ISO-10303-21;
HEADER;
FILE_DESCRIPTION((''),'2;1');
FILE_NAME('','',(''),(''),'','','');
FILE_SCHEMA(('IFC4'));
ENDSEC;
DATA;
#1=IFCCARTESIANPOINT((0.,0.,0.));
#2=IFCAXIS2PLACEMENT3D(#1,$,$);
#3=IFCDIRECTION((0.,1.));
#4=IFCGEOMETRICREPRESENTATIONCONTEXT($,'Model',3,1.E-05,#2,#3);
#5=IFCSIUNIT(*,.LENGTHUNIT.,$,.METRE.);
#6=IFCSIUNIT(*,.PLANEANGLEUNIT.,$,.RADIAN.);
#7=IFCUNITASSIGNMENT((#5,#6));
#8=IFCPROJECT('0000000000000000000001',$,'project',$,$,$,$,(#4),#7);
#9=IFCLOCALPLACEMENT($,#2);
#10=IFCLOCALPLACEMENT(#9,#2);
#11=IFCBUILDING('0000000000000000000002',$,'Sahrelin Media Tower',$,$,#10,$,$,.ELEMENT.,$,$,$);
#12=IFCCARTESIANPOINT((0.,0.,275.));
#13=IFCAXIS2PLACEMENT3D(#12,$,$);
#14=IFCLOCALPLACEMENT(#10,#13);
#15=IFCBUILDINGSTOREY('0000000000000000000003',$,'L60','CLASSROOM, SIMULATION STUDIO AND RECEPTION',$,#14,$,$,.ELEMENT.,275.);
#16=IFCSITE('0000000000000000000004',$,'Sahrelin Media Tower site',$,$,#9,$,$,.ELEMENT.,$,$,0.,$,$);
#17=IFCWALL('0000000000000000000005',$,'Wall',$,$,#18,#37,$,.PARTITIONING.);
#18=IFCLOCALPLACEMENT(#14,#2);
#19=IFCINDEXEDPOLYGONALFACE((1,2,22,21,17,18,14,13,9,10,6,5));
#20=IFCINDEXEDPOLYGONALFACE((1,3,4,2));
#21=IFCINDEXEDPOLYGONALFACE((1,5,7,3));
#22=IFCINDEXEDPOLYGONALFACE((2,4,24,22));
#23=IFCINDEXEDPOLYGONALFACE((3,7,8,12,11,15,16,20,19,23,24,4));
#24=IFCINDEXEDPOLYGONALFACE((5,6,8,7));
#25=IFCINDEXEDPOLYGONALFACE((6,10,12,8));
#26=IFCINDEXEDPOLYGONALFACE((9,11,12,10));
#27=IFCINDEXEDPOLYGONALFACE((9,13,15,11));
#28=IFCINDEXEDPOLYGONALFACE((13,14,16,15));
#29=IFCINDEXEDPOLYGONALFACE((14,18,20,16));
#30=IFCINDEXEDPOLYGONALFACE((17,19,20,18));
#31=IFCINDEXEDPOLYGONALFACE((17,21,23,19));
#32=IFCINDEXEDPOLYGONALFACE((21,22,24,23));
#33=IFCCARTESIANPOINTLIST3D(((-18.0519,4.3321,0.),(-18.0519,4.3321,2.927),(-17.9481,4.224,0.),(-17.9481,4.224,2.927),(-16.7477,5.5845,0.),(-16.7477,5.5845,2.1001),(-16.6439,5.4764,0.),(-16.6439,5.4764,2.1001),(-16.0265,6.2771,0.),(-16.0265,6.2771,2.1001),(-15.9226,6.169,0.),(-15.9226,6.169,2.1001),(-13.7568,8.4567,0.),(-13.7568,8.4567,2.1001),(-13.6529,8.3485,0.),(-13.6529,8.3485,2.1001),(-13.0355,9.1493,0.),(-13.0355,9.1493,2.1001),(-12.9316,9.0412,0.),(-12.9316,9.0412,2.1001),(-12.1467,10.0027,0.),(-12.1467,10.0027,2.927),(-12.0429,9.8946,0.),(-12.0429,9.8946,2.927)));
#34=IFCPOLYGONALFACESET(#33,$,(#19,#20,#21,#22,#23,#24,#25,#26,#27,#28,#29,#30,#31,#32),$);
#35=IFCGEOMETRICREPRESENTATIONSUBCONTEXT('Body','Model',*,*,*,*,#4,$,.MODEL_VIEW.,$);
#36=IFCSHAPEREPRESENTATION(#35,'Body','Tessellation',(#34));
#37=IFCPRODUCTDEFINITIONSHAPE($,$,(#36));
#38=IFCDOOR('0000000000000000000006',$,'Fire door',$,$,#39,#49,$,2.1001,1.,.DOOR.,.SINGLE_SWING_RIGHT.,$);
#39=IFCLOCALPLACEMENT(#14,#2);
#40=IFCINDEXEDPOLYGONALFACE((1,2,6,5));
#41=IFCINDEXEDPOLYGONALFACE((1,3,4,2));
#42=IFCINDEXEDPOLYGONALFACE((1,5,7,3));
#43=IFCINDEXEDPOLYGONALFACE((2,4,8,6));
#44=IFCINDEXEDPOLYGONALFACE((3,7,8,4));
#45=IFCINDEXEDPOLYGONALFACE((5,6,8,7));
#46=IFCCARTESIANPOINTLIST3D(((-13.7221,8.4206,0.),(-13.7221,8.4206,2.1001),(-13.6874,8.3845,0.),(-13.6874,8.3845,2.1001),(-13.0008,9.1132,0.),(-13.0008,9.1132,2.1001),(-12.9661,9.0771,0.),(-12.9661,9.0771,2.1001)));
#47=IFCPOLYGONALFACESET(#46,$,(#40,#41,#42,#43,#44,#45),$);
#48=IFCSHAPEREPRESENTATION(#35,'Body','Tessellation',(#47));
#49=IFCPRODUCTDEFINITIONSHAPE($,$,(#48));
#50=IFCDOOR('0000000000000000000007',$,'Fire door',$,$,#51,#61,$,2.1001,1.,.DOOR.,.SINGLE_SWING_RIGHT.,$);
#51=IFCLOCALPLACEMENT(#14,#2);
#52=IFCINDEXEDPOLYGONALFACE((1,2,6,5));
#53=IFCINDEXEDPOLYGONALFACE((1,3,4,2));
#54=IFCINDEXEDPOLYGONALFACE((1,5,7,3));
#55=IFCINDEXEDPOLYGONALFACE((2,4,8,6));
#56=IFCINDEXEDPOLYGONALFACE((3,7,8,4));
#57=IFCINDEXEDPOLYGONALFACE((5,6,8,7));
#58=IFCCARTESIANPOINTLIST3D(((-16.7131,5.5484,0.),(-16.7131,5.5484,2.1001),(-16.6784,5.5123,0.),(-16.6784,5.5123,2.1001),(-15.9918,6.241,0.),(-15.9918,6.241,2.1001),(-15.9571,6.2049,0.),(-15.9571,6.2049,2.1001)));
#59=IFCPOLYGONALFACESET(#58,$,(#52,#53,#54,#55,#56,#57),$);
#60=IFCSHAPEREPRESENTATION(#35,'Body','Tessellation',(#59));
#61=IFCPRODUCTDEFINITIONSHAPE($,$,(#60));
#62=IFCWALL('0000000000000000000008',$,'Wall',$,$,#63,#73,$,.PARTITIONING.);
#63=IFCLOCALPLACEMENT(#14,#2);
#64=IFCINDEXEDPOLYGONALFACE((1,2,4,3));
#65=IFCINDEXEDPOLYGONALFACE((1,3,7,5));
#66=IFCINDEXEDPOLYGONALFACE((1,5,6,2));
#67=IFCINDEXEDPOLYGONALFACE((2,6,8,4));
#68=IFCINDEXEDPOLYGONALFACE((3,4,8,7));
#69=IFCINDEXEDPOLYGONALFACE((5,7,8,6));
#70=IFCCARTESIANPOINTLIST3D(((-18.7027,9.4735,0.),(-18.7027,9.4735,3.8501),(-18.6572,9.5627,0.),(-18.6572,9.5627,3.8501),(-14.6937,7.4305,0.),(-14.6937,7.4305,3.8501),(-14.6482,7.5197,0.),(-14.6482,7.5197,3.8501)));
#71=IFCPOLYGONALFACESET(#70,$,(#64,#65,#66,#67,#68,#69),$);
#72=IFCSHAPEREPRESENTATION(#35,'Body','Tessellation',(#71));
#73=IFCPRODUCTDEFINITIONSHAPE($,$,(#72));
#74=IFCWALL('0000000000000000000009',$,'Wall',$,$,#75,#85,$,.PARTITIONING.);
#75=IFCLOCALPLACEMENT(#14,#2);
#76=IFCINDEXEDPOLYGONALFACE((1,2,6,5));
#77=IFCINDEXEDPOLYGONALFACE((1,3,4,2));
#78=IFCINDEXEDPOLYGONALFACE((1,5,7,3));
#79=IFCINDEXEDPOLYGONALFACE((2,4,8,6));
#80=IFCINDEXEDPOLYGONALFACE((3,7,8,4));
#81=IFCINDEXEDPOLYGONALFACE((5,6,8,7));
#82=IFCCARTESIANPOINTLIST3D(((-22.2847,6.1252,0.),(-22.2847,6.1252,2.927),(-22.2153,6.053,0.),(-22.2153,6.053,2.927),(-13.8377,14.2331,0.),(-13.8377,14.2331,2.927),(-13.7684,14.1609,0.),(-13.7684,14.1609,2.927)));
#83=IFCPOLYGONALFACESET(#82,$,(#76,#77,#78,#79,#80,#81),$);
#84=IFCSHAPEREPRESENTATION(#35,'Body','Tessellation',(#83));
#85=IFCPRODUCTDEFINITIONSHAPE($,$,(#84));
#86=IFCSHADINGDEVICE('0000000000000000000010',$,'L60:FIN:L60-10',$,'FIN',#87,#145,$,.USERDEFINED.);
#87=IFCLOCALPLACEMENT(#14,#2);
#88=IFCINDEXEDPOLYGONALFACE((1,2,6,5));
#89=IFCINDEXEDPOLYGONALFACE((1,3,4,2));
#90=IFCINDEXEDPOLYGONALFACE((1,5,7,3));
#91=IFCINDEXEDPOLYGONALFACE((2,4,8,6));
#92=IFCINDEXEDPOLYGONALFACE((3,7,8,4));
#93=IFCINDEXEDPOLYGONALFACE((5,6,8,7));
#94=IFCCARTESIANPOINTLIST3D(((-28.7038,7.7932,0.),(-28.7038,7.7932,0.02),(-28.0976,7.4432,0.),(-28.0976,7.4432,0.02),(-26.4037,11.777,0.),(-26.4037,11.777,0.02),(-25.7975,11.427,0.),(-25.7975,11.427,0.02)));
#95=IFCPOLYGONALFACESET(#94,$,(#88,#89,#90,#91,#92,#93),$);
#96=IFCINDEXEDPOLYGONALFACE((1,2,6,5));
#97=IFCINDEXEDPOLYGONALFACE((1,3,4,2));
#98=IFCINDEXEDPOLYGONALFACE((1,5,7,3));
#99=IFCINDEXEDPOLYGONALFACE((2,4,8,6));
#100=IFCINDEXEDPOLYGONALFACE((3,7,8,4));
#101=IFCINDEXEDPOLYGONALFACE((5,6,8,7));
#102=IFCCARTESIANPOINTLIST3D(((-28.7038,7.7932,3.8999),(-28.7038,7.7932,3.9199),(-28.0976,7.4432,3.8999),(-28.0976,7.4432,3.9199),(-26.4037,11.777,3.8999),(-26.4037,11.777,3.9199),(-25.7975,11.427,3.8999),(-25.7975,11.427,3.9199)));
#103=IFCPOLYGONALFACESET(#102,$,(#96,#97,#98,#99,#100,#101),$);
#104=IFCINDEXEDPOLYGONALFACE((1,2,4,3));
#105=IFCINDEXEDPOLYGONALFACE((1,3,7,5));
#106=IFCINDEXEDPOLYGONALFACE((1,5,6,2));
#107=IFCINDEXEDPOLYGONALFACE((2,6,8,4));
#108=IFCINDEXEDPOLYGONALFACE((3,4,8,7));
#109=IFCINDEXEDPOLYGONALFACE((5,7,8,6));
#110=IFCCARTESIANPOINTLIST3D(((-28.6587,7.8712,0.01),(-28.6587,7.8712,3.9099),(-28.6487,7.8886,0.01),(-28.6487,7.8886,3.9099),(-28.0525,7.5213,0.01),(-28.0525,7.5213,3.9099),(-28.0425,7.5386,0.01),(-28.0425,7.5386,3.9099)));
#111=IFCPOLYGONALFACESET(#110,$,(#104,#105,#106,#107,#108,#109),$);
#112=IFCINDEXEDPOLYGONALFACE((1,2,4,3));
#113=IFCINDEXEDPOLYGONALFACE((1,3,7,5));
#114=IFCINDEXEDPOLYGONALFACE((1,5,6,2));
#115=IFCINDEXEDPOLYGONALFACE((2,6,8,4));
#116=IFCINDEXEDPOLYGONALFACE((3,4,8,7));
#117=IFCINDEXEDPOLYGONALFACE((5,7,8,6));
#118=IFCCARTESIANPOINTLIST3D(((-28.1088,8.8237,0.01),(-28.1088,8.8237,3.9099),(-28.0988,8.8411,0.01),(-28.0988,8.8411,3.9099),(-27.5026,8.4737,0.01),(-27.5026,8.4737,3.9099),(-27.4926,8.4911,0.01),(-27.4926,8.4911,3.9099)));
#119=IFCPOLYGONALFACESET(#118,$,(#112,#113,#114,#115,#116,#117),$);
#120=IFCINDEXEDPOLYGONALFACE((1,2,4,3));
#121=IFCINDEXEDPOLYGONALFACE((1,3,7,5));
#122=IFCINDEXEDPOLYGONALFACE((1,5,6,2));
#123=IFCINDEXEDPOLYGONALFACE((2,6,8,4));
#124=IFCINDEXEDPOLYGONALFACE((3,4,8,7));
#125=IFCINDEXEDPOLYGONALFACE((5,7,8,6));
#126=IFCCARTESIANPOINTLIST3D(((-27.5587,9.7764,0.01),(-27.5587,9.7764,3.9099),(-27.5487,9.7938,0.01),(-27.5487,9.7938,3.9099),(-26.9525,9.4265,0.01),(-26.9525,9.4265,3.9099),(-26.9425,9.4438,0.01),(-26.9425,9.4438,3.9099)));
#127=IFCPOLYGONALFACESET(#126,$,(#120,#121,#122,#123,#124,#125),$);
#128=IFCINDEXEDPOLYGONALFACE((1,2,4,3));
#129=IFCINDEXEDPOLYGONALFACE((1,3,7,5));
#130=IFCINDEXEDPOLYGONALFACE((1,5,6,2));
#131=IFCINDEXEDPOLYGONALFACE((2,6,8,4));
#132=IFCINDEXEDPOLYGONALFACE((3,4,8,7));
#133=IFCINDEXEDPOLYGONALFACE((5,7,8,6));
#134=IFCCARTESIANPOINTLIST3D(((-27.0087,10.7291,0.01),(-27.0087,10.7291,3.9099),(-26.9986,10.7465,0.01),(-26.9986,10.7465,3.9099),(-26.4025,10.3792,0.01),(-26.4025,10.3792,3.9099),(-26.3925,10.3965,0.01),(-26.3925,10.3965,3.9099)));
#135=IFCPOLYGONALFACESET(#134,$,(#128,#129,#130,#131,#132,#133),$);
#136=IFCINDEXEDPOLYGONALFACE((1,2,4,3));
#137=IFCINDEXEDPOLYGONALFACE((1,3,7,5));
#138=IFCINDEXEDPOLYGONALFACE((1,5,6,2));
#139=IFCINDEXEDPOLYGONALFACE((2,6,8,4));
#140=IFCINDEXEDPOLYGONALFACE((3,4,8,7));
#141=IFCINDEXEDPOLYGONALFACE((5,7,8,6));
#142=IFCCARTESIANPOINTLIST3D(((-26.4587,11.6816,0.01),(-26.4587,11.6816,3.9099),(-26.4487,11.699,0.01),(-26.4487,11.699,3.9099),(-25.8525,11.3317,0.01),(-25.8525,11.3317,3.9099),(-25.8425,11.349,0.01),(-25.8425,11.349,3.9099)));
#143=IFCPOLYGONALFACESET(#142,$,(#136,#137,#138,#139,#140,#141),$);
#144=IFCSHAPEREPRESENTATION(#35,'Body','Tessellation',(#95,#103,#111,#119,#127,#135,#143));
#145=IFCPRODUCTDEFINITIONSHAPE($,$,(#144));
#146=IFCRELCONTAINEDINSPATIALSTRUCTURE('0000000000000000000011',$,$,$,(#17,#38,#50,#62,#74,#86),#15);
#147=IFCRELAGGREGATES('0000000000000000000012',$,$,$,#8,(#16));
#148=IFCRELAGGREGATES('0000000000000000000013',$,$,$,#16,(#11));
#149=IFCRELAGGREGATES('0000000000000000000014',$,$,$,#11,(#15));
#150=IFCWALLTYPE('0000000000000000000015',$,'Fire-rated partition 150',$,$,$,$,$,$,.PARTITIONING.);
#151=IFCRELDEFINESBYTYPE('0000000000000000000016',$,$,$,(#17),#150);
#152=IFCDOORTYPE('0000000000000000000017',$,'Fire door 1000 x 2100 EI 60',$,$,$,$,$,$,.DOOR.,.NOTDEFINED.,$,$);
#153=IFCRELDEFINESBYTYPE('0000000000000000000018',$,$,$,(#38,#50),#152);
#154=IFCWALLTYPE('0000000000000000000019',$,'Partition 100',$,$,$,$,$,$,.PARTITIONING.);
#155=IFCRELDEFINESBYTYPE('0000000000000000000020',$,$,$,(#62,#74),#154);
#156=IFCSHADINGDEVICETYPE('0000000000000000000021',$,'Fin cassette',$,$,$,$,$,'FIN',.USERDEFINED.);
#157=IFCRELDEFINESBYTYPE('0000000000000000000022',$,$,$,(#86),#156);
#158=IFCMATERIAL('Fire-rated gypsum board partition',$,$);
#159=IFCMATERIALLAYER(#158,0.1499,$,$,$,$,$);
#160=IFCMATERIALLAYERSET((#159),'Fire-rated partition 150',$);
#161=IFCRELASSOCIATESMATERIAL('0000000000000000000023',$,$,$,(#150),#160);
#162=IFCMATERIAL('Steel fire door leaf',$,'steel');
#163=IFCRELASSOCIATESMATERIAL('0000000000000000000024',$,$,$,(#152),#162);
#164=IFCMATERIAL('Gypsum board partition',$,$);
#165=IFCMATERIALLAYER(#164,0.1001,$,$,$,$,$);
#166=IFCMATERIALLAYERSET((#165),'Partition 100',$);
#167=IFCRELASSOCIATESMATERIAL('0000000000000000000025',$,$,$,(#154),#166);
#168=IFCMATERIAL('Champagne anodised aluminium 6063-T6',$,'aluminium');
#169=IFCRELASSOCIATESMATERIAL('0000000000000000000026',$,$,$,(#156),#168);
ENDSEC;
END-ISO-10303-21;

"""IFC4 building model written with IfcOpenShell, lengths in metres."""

from ifc_helpers import new_model, si_unit, direction, frame, frame_2d, origin, origin_2d, place, context, subcontext, project, spatial, rectangle, extrude, material, layer, layer_set, type_object, element, fill, save


model = new_model("IFC4")

# Units and contexts
model_context = context("Model", 3, precision=1e-05, world=origin(), true_north=direction((0.0, 1.0)))
body_context = subcontext(model_context, "Body", "Model", "MODEL_VIEW")
ifc_project = project(units=[si_unit("LENGTHUNIT", "METRE"), si_unit("PLANEANGLEUNIT", "RADIAN")], contexts=[model_context])

# Site, building, storey
site_placement = place(None, origin())
site = spatial("IfcSite", under=ifc_project, at=site_placement, Name="Sahrelin Media Tower site", CompositionType="ELEMENT", RefElevation=0.0)
building_placement = place(site_placement, origin())
building = spatial("IfcBuilding", under=site, at=building_placement, Name="Sahrelin Media Tower", CompositionType="ELEMENT")
storey_placement = place(building_placement, frame((0.0, 0.0, 275.0)))
storey = spatial("IfcBuildingStorey", under=building, at=storey_placement, Name="L60", Description="CLASSROOM, SIMULATION STUDIO AND RECEPTION", CompositionType="ELEMENT", Elevation=275.0)

# Shared definitions
ifc_material_1 = material(Name="Champagne anodised aluminium 6063-T6", Category="aluminium")

# Shared definitions
ifc_material_2 = material(Name="Fire-rated gypsum board partition")
ifc_layer_1 = layer(ifc_material_2, 0.1499)
ifc_layer_set_1 = layer_set([ifc_layer_1], Name="Fire-rated partition 150")
wall_type_1 = type_object("IfcWallType", Name="Fire-rated partition 150", PredefinedType="PARTITIONING", material=ifc_layer_set_1)

# Wall, openings, doors
wall_1_placement = place(storey_placement, frame((-18.0, 4.2781, 0.0), z_axis=(0.0, 0.0, 1.0), x_axis=(0.72129, 0.692633, 0.0)))
wall_1 = element("IfcWall", 1, at=wall_1_placement, inside=storey, type_object=wall_type_1, Name="Wall", PredefinedType="PARTITIONING", context=body_context, shape_type="SweptSolid", body=[
    extrude(rectangle(XDim=8.187, YDim=0.1499, at=frame_2d((4.0935, 0.0))), origin(), (0.0, 0.0, 1.0), 2.927),
])
opening_1_placement = place(wall_1_placement, frame((5.9548, 0.0, 0.0)))
opening_1 = element("IfcOpeningElement", 2, at=opening_1_placement, cuts=wall_1, PredefinedType="OPENING", context=body_context, shape_type="SweptSolid", body=[
    extrude(rectangle(XDim=1.0, YDim=2.1001, at=frame_2d((0.5, 1.05))), frame((0.0, 0.075, 0.0), z_axis=(0.0, -1.0, 0.0), x_axis=(1.0, 0.0, 0.0)), (0.0, 0.0, 1.0), 0.1499),
])
opening_2_placement = place(wall_1_placement, frame((1.8081, 0.0, 0.0)))
opening_2 = element("IfcOpeningElement", 3, at=opening_2_placement, cuts=wall_1, PredefinedType="OPENING", context=body_context, shape_type="SweptSolid", body=[
    extrude(rectangle(XDim=1.0, YDim=2.1001, at=frame_2d((0.5, 1.05))), frame((0.0, 0.075, 0.0), z_axis=(0.0, -1.0, 0.0), x_axis=(1.0, 0.0, 0.0)), (0.0, 0.0, 1.0), 0.1499),
])
ifc_material_3 = material(Name="Steel fire door leaf", Category="steel")
door_type = type_object("IfcDoorType", Name="Fire door 1000 x 2100 EI 60", OperationType="NOTDEFINED", PredefinedType="DOOR", material=ifc_material_3)
door_1_placement = place(opening_1_placement, origin())
door_1 = element("IfcDoor", 4, at=door_1_placement, inside=storey, type_object=door_type, Name="Fire door", OperationType="SINGLE_SWING_RIGHT", OverallHeight=2.1001, OverallWidth=1.0, PredefinedType="DOOR", context=body_context, shape_type="SweptSolid", body=[
    extrude(rectangle(XDim=1.0, YDim=2.1001, at=frame_2d((0.5, 1.05))), frame((0.0, 0.0249, 0.0), z_axis=(0.0, -1.0, 0.0), x_axis=(1.0, 0.0, 0.0)), (0.0, 0.0, 1.0), 0.05),
])
fill(opening_1, door_1)
door_2_placement = place(opening_2_placement, origin())
door_2 = element("IfcDoor", 5, at=door_2_placement, inside=storey, type_object=door_type, Name="Fire door", OperationType="SINGLE_SWING_RIGHT", OverallHeight=2.1001, OverallWidth=1.0, PredefinedType="DOOR", context=body_context, shape_type="SweptSolid", body=[
    extrude(rectangle(XDim=1.0, YDim=2.1001, at=frame_2d((0.5, 1.05))), frame((0.0, 0.0249, 0.0), z_axis=(0.0, -1.0, 0.0), x_axis=(1.0, 0.0, 0.0)), (0.0, 0.0, 1.0), 0.05),
])
fill(opening_2, door_2)

# Walls
ifc_material_4 = material(Name="Gypsum board partition")
ifc_layer_2 = layer(ifc_material_4, 0.1001)
ifc_layer_set_2 = layer_set([ifc_layer_2], Name="Partition 100")
wall_type_2 = type_object("IfcWallType", Name="Partition 100", PredefinedType="PARTITIONING", material=ifc_layer_set_2)
wall_2_placement = place(storey_placement, frame((-18.6799, 9.5181, 0.0), z_axis=(0.0, 0.0, 1.0), x_axis=(0.890983, -0.454037, 0.0)))
element("IfcWall", 6, at=wall_2_placement, inside=storey, type_object=wall_type_2, Name="Wall", PredefinedType="PARTITIONING", context=body_context, shape_type="SweptSolid", body=[
    extrude(rectangle(XDim=4.4995, YDim=0.1001, at=frame_2d((2.2498, 0.0))), origin(), (0.0, 0.0, 1.0), 3.8501),
])
wall_3_placement = place(storey_placement, frame((-22.25, 6.0891, 0.0), z_axis=(0.0, 0.0, 1.0), x_axis=(0.72144, 0.692477, 0.0)))
element("IfcWall", 7, at=wall_3_placement, inside=storey, type_object=wall_type_2, Name="Wall", PredefinedType="PARTITIONING", context=body_context, shape_type="SweptSolid", body=[
    extrude(rectangle(XDim=11.7085, YDim=0.1001, at=frame_2d((5.8542, 0.0))), origin(), (0.0, 0.0, 1.0), 2.927),
])

# Shading device
shading_device_type_1 = type_object("IfcShadingDeviceType", Name="Fin cassette", ElementType="FIN", PredefinedType="USERDEFINED", material=ifc_material_1)
placement_1 = place(storey_placement, frame((-26.887, 9.4001, 0.0), z_axis=(0.0, 0.0, 1.0), x_axis=(0.500011, 0.866019, 0.0)))
element("IfcShadingDevice", 8, at=placement_1, inside=storey, type_object=shading_device_type_1, Name="L60:FIN:L60-10", ObjectType="FIN", PredefinedType="USERDEFINED", context=body_context, shape_type="SweptSolid", body=[
    extrude(rectangle(XDim=4.6001, YDim=0.7, at=origin_2d()), frame((0.0, 0.4199, 0.0)), (0.0, 0.0, 1.0), 0.02),
    extrude(rectangle(XDim=4.6001, YDim=0.7, at=origin_2d()), frame((0.0, 0.4199, 3.8999)), (0.0, 0.0, 1.0), 0.02),
    extrude(rectangle(XDim=0.02, YDim=0.7, at=origin_2d()), frame((-2.2, 0.4199, 0.01), z_axis=(0.0, 0.0, 1.0), x_axis=(1.0, 0.0, 0.0)), (0.0, 0.0, 1.0), 3.8999),
    extrude(rectangle(XDim=0.02, YDim=0.7, at=origin_2d()), frame((-1.1001, 0.4199, 0.01), z_axis=(0.0, 0.0, 1.0), x_axis=(1.0, 0.0, 0.0)), (0.0, 0.0, 1.0), 3.8999),
    extrude(rectangle(XDim=0.02, YDim=0.7, at=origin_2d()), frame((0.0, 0.4199, 0.01), z_axis=(0.0, 0.0, 1.0), x_axis=(1.0, 0.0, 0.0)), (0.0, 0.0, 1.0), 3.8999),
    extrude(rectangle(XDim=0.02, YDim=0.7, at=origin_2d()), frame((1.1001, 0.4199, 0.01), z_axis=(0.0, 0.0, 1.0), x_axis=(1.0, 0.0, 0.0)), (0.0, 0.0, 1.0), 3.8999),
    extrude(rectangle(XDim=0.02, YDim=0.7, at=origin_2d()), frame((2.2, 0.4199, 0.01), z_axis=(0.0, 0.0, 1.0), x_axis=(1.0, 0.0, 0.0)), (0.0, 0.0, 1.0), 3.8999),
])

save(model, "model.ifc")
